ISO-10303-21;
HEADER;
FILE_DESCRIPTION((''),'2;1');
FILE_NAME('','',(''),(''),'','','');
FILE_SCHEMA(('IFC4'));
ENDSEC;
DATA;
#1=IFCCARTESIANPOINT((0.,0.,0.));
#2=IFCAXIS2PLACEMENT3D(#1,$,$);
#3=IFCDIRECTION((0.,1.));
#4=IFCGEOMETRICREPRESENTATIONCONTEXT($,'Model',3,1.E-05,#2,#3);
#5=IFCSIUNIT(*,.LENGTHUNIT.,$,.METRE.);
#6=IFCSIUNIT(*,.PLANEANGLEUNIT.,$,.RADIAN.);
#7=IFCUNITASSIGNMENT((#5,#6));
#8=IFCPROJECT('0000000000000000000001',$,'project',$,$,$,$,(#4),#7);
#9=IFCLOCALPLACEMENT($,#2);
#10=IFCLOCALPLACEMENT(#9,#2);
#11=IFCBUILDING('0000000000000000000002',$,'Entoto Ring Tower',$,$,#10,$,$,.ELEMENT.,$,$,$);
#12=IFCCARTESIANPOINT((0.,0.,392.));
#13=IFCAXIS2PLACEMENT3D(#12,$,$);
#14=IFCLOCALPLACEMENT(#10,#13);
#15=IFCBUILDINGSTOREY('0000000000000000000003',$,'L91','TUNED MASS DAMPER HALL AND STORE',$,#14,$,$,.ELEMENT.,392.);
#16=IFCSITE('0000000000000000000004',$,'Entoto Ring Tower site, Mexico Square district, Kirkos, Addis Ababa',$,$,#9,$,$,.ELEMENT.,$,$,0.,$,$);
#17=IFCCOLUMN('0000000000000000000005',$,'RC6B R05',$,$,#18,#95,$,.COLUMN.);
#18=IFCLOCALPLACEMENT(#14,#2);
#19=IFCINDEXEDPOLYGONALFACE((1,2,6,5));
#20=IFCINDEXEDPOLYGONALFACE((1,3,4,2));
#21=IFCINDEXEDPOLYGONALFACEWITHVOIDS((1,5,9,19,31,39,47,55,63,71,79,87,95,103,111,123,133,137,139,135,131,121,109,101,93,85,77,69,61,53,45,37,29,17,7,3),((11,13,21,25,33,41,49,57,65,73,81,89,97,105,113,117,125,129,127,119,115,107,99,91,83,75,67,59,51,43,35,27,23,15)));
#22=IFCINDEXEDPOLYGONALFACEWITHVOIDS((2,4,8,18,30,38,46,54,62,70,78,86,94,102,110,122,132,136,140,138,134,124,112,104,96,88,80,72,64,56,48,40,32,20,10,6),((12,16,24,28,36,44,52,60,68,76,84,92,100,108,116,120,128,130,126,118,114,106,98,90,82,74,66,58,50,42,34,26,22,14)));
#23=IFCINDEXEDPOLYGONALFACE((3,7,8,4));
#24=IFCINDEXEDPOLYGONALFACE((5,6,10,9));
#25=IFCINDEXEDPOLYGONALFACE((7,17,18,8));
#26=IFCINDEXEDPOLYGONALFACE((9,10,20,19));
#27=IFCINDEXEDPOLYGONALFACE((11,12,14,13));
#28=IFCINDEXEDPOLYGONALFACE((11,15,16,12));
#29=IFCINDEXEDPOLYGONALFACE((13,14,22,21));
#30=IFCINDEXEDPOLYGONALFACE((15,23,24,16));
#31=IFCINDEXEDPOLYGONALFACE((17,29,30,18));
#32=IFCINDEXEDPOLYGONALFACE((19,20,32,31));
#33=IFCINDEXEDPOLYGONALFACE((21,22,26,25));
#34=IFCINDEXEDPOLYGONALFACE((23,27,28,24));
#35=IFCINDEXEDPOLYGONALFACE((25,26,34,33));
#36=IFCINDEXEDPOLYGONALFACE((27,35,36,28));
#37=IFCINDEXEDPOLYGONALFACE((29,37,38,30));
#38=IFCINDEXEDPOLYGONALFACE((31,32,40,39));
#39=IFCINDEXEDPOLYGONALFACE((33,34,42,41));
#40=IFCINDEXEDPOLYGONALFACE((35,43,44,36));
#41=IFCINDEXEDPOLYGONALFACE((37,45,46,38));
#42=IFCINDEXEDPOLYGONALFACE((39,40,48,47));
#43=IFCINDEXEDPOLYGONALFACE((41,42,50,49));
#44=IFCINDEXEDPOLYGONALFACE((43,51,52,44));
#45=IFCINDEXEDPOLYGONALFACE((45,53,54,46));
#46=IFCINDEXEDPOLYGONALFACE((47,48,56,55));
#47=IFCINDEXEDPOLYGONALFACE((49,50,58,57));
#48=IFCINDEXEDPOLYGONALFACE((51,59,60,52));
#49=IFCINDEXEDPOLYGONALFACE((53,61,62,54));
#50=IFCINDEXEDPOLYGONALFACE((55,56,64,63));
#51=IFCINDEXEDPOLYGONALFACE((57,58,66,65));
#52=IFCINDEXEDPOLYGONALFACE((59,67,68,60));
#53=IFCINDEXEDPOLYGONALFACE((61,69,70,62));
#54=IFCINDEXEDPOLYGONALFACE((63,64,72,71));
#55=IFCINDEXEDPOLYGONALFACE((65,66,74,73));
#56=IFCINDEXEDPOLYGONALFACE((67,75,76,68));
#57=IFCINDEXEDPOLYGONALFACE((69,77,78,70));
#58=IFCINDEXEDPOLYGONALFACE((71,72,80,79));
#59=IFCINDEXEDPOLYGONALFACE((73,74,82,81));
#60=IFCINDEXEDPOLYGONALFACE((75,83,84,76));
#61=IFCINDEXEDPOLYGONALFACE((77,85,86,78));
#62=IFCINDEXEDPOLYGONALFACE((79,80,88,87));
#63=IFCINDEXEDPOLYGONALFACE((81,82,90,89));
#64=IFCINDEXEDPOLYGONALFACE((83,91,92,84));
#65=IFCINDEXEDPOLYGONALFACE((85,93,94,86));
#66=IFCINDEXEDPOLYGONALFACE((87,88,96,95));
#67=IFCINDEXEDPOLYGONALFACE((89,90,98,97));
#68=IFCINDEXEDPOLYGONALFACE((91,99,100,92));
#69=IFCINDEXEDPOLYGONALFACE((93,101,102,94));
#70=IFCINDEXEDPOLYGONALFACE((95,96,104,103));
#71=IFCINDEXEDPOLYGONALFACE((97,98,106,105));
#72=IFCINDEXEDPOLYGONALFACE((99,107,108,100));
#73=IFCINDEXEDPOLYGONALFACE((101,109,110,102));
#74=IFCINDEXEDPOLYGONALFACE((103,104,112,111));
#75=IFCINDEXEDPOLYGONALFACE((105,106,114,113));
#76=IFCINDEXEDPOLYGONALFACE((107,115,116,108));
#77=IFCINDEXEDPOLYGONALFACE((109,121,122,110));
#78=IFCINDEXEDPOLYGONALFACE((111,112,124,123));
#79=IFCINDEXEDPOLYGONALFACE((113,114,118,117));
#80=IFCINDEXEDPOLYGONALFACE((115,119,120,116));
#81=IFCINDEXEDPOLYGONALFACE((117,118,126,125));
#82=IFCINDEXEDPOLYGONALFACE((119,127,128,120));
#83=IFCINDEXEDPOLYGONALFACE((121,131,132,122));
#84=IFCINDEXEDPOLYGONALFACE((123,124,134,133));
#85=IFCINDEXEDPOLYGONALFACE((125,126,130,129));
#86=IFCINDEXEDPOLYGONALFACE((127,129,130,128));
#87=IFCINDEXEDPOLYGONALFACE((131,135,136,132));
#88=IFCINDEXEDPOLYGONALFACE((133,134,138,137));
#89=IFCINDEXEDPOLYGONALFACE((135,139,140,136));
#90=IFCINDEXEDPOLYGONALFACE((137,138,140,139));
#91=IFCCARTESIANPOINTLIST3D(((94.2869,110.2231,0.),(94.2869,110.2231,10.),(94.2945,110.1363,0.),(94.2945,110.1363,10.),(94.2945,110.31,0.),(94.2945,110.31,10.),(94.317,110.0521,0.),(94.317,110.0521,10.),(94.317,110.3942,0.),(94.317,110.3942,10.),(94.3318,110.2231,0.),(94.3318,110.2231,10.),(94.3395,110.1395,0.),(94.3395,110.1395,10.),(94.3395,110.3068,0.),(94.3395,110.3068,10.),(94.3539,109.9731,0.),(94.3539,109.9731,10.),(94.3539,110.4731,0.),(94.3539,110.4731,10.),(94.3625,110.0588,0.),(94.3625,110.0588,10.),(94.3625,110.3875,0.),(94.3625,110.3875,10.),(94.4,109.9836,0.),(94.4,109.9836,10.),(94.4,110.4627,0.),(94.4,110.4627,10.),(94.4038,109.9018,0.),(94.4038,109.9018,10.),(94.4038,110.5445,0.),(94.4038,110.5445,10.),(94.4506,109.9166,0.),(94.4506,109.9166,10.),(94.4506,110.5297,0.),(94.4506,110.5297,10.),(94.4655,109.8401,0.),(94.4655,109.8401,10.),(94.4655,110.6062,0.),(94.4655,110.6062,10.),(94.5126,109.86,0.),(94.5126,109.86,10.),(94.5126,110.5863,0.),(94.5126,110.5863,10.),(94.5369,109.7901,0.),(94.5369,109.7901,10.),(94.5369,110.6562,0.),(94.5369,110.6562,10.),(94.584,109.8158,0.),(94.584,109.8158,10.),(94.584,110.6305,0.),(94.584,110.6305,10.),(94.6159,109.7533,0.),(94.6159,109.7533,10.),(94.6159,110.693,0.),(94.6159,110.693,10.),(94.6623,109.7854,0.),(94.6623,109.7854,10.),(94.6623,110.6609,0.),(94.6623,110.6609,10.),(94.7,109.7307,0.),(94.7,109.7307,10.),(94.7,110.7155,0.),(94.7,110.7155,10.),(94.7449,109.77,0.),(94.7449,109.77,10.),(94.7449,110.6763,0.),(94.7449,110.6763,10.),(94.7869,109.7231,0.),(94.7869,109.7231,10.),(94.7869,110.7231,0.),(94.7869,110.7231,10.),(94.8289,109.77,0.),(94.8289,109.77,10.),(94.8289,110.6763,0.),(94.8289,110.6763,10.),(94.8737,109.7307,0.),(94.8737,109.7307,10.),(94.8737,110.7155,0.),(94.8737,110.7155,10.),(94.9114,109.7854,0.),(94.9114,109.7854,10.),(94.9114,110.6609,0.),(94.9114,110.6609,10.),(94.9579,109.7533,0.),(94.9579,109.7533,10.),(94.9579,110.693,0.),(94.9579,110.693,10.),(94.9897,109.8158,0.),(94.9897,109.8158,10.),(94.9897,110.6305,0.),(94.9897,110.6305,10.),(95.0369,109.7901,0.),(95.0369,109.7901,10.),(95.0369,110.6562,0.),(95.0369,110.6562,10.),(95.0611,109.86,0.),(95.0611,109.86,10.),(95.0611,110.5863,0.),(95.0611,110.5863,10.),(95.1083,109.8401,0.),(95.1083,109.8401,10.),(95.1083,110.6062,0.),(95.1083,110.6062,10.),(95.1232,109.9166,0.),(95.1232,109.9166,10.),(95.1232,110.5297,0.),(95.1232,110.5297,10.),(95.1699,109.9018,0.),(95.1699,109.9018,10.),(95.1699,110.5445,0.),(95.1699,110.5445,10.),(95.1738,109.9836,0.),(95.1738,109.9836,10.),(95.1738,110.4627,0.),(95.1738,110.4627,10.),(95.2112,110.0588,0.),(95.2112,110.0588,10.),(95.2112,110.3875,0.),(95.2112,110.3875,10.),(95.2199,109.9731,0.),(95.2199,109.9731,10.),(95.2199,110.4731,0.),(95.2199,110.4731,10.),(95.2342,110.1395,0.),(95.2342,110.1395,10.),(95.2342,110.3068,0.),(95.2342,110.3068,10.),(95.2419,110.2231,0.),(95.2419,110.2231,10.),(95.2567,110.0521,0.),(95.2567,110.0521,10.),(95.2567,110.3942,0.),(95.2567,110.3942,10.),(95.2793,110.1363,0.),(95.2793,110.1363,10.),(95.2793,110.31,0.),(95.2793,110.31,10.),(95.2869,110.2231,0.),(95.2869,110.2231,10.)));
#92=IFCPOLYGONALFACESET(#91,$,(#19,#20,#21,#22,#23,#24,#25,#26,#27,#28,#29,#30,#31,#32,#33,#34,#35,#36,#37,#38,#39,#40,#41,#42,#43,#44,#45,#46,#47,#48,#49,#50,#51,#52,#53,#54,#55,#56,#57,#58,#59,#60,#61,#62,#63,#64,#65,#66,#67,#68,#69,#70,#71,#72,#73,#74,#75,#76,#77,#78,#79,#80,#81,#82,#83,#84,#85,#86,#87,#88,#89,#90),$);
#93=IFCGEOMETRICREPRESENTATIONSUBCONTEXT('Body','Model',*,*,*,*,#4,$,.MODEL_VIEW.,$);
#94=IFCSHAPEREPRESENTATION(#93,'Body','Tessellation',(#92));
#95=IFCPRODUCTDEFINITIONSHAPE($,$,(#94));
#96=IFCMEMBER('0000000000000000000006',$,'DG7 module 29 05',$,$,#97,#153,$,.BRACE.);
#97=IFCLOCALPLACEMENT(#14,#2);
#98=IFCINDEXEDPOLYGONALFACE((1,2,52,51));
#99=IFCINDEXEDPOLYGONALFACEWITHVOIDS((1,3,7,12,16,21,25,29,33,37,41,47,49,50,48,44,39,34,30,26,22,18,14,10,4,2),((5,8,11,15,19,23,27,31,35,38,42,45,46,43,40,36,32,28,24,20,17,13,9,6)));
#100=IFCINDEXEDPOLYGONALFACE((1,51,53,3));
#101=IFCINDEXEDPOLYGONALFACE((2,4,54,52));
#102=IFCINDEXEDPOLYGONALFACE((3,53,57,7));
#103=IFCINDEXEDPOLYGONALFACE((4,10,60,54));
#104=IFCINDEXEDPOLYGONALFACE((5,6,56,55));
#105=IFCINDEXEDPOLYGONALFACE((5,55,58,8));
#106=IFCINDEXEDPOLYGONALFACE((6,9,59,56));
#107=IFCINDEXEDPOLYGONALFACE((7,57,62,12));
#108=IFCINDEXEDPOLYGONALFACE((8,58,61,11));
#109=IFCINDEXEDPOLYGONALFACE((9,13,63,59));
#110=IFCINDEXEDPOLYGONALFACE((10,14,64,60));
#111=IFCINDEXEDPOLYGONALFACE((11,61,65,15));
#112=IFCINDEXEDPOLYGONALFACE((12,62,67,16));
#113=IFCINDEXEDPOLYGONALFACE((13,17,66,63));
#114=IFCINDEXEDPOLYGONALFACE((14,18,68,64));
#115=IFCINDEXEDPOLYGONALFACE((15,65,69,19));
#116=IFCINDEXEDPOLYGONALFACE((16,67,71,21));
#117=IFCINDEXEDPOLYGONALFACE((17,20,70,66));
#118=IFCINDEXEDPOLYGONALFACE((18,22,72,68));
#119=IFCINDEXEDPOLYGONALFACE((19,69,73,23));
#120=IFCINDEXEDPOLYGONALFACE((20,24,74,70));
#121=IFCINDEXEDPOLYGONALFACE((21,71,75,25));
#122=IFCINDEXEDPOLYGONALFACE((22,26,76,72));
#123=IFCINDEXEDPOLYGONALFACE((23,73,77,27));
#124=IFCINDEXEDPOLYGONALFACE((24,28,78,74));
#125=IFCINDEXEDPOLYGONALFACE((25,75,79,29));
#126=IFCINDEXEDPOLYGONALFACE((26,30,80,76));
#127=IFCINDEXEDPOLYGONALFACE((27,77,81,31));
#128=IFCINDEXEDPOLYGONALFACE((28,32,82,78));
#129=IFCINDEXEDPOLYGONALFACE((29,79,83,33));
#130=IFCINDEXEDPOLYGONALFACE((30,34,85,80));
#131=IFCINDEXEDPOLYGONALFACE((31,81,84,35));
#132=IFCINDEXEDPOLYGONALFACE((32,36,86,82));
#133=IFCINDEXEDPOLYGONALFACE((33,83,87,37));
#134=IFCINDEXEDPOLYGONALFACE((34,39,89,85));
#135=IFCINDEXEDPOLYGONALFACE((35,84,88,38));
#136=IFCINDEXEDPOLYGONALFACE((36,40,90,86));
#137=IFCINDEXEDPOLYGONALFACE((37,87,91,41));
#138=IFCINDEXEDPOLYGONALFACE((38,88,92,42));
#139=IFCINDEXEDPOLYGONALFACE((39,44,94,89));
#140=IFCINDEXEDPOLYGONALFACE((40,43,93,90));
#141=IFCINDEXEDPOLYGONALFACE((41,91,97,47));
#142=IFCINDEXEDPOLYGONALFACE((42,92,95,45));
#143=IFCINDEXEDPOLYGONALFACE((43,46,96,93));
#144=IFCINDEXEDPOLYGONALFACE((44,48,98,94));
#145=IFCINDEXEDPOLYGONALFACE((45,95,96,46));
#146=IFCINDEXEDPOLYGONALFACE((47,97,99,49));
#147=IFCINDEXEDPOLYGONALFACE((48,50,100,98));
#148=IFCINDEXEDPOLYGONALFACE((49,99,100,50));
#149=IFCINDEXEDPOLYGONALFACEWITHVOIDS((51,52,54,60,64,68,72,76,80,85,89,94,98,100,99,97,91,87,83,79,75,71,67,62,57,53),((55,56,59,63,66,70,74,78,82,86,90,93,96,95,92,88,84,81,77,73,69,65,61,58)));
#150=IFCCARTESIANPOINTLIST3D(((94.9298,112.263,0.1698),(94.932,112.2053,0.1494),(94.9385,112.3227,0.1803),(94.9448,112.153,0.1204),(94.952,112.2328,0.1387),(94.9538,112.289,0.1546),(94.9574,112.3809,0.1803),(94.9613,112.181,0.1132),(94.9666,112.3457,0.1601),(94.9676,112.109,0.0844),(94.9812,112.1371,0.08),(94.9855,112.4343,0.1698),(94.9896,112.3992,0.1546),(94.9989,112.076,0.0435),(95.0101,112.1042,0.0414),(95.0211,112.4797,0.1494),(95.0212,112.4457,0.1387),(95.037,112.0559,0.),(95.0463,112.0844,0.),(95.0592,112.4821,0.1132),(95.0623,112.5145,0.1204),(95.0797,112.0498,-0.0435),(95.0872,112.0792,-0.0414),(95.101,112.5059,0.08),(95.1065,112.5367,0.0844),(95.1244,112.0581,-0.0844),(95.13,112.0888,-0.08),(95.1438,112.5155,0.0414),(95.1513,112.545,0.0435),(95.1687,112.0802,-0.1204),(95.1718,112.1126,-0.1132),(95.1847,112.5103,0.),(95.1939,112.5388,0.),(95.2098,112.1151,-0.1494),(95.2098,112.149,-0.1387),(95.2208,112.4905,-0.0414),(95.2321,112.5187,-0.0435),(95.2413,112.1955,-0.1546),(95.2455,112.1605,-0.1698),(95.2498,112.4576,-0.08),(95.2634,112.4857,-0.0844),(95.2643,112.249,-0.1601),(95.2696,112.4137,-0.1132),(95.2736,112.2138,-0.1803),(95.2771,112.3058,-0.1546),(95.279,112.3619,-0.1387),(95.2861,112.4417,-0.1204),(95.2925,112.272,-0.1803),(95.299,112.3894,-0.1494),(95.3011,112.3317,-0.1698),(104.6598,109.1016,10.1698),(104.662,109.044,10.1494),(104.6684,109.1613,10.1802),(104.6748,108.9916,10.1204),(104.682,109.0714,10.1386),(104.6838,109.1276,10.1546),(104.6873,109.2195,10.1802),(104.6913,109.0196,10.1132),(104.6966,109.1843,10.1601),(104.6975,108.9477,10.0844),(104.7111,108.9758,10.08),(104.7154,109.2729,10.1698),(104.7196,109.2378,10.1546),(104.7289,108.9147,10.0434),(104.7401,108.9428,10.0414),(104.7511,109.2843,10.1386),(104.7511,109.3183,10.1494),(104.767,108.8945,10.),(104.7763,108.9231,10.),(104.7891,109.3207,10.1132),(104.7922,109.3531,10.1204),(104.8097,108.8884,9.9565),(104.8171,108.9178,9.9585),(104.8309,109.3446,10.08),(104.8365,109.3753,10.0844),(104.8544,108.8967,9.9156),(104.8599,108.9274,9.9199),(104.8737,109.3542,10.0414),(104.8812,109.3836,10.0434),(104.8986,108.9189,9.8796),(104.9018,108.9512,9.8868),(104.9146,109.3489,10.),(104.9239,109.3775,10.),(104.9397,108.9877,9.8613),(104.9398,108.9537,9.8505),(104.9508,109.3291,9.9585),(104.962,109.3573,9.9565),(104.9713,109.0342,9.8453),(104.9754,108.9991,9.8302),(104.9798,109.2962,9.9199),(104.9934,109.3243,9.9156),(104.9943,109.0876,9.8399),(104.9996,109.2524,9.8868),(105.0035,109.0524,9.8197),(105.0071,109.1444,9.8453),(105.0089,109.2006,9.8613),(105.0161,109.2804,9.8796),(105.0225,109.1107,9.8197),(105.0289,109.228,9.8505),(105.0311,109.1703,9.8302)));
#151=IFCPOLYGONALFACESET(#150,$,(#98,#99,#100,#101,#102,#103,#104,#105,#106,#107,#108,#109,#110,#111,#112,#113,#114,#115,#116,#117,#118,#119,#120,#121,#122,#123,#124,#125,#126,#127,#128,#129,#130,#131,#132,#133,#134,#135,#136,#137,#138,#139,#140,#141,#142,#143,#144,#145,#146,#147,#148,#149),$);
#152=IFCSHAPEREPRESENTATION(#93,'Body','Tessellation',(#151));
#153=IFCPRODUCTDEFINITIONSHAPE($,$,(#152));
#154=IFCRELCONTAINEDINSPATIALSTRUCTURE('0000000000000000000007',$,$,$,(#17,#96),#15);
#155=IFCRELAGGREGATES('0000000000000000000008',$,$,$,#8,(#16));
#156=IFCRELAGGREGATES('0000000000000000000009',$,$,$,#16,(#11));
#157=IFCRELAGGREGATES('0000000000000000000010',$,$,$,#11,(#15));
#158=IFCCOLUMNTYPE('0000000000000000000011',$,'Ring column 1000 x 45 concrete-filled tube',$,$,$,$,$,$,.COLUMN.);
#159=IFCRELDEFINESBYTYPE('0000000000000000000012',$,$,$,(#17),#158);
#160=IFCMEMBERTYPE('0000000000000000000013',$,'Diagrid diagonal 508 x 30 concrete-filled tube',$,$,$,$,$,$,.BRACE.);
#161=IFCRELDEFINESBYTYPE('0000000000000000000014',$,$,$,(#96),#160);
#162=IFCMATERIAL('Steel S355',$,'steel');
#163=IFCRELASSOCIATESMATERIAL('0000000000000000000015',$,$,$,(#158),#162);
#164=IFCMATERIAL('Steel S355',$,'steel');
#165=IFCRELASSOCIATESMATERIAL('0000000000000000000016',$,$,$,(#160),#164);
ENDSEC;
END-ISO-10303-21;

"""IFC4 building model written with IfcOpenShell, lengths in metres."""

from ifc_helpers import new_model, si_unit, direction, frame, origin, origin_2d, place, context, subcontext, project, spatial, circle, hollow_circle, extrude, material, material_profile, profile_set, type_object, element, save


model = new_model("IFC4")

# Units and contexts
model_context = context("Model", 3, precision=1e-05, world=origin(), true_north=direction((0.0, 1.0)))
body_context = subcontext(model_context, "Body", "Model", "MODEL_VIEW")
ifc_project = project(units=[si_unit("LENGTHUNIT", "METRE"), si_unit("PLANEANGLEUNIT", "RADIAN")], contexts=[model_context])

# Site, building, storey
site_placement = place(None, origin())
site = spatial("IfcSite", under=ifc_project, at=site_placement, Name="Entoto Ring Tower site, Mexico Square district, Kirkos, Addis Ababa", CompositionType="ELEMENT", RefElevation=0.0)
building_placement = place(site_placement, origin())
building = spatial("IfcBuilding", under=site, at=building_placement, Name="Entoto Ring Tower", CompositionType="ELEMENT")
storey_placement = place(building_placement, frame((0.0, 0.0, 392.0)))
storey = spatial("IfcBuildingStorey", under=building, at=storey_placement, Name="L91", Description="TUNED MASS DAMPER HALL AND STORE", CompositionType="ELEMENT", Elevation=392.0)

# Column
ifc_material_1 = material(Name="Steel S355", Category="steel")
ifc_material_profile_1 = material_profile(ifc_material_1, hollow_circle(Radius=0.5, WallThickness=0.0449, at=origin_2d()), Name="CHS 1000 x 45")
ifc_material_2 = material(Name="Concrete C60/75", Category="concrete")
ifc_material_profile_2 = material_profile(ifc_material_2, circle(Radius=0.4551, at=origin_2d()), Name="Concrete C60/75 infill")
ifc_profile_set_1 = profile_set([ifc_material_profile_1, ifc_material_profile_2], Name="Steel S355")
column_type = type_object("IfcColumnType", Name="Ring column 1000 x 45 concrete-filled tube", PredefinedType="COLUMN", material=ifc_profile_set_1)
column_placement = place(storey_placement, frame((94.7869, 110.2231, 0.0), z_axis=(0.0, 0.0, 1.0), x_axis=(1.0, 0.0, 0.0)))
element("IfcColumn", 1, at=column_placement, inside=storey, type_object=column_type, Name="RC6B R05", PredefinedType="COLUMN", context=body_context, shape_type="SweptSolid", body=[
    extrude(hollow_circle(Radius=0.5, WallThickness=0.0449, at=origin_2d()), origin(), (0.0, 0.0, 1.0), 10.0),
])

# Member
ifc_material_3 = material(Name="Steel S355", Category="steel")
ifc_material_profile_3 = material_profile(ifc_material_3, hollow_circle(Radius=0.2539, WallThickness=0.03, at=origin_2d()), Name="CHS 508 x 30")
ifc_material_4 = material(Name="Concrete C60/75", Category="concrete")
ifc_material_profile_4 = material_profile(ifc_material_4, circle(Radius=0.2241, at=origin_2d()), Name="Concrete C60/75 infill")
ifc_profile_set_2 = profile_set([ifc_material_profile_3, ifc_material_profile_4], Name="Steel S355")
member_type_1 = type_object("IfcMemberType", Name="Diagrid diagonal 508 x 30 concrete-filled tube", PredefinedType="BRACE", material=ifc_profile_set_2)
member_1_placement = place(storey_placement, frame((95.1155, 112.2974, 0.0), z_axis=(0.680124, -0.22098, 0.698999), x_axis=(0.309009, 0.951059, 0.0)))
element("IfcMember", 2, at=member_1_placement, inside=storey, type_object=member_type_1, Name="DG7 module 29 05", PredefinedType="BRACE", context=body_context, shape_type="SweptSolid", body=[
    extrude(hollow_circle(Radius=0.2539, WallThickness=0.03, at=origin_2d()), origin(), (0.0, 0.0, 1.0), 14.3062),
])

save(model, "model.ifc")
